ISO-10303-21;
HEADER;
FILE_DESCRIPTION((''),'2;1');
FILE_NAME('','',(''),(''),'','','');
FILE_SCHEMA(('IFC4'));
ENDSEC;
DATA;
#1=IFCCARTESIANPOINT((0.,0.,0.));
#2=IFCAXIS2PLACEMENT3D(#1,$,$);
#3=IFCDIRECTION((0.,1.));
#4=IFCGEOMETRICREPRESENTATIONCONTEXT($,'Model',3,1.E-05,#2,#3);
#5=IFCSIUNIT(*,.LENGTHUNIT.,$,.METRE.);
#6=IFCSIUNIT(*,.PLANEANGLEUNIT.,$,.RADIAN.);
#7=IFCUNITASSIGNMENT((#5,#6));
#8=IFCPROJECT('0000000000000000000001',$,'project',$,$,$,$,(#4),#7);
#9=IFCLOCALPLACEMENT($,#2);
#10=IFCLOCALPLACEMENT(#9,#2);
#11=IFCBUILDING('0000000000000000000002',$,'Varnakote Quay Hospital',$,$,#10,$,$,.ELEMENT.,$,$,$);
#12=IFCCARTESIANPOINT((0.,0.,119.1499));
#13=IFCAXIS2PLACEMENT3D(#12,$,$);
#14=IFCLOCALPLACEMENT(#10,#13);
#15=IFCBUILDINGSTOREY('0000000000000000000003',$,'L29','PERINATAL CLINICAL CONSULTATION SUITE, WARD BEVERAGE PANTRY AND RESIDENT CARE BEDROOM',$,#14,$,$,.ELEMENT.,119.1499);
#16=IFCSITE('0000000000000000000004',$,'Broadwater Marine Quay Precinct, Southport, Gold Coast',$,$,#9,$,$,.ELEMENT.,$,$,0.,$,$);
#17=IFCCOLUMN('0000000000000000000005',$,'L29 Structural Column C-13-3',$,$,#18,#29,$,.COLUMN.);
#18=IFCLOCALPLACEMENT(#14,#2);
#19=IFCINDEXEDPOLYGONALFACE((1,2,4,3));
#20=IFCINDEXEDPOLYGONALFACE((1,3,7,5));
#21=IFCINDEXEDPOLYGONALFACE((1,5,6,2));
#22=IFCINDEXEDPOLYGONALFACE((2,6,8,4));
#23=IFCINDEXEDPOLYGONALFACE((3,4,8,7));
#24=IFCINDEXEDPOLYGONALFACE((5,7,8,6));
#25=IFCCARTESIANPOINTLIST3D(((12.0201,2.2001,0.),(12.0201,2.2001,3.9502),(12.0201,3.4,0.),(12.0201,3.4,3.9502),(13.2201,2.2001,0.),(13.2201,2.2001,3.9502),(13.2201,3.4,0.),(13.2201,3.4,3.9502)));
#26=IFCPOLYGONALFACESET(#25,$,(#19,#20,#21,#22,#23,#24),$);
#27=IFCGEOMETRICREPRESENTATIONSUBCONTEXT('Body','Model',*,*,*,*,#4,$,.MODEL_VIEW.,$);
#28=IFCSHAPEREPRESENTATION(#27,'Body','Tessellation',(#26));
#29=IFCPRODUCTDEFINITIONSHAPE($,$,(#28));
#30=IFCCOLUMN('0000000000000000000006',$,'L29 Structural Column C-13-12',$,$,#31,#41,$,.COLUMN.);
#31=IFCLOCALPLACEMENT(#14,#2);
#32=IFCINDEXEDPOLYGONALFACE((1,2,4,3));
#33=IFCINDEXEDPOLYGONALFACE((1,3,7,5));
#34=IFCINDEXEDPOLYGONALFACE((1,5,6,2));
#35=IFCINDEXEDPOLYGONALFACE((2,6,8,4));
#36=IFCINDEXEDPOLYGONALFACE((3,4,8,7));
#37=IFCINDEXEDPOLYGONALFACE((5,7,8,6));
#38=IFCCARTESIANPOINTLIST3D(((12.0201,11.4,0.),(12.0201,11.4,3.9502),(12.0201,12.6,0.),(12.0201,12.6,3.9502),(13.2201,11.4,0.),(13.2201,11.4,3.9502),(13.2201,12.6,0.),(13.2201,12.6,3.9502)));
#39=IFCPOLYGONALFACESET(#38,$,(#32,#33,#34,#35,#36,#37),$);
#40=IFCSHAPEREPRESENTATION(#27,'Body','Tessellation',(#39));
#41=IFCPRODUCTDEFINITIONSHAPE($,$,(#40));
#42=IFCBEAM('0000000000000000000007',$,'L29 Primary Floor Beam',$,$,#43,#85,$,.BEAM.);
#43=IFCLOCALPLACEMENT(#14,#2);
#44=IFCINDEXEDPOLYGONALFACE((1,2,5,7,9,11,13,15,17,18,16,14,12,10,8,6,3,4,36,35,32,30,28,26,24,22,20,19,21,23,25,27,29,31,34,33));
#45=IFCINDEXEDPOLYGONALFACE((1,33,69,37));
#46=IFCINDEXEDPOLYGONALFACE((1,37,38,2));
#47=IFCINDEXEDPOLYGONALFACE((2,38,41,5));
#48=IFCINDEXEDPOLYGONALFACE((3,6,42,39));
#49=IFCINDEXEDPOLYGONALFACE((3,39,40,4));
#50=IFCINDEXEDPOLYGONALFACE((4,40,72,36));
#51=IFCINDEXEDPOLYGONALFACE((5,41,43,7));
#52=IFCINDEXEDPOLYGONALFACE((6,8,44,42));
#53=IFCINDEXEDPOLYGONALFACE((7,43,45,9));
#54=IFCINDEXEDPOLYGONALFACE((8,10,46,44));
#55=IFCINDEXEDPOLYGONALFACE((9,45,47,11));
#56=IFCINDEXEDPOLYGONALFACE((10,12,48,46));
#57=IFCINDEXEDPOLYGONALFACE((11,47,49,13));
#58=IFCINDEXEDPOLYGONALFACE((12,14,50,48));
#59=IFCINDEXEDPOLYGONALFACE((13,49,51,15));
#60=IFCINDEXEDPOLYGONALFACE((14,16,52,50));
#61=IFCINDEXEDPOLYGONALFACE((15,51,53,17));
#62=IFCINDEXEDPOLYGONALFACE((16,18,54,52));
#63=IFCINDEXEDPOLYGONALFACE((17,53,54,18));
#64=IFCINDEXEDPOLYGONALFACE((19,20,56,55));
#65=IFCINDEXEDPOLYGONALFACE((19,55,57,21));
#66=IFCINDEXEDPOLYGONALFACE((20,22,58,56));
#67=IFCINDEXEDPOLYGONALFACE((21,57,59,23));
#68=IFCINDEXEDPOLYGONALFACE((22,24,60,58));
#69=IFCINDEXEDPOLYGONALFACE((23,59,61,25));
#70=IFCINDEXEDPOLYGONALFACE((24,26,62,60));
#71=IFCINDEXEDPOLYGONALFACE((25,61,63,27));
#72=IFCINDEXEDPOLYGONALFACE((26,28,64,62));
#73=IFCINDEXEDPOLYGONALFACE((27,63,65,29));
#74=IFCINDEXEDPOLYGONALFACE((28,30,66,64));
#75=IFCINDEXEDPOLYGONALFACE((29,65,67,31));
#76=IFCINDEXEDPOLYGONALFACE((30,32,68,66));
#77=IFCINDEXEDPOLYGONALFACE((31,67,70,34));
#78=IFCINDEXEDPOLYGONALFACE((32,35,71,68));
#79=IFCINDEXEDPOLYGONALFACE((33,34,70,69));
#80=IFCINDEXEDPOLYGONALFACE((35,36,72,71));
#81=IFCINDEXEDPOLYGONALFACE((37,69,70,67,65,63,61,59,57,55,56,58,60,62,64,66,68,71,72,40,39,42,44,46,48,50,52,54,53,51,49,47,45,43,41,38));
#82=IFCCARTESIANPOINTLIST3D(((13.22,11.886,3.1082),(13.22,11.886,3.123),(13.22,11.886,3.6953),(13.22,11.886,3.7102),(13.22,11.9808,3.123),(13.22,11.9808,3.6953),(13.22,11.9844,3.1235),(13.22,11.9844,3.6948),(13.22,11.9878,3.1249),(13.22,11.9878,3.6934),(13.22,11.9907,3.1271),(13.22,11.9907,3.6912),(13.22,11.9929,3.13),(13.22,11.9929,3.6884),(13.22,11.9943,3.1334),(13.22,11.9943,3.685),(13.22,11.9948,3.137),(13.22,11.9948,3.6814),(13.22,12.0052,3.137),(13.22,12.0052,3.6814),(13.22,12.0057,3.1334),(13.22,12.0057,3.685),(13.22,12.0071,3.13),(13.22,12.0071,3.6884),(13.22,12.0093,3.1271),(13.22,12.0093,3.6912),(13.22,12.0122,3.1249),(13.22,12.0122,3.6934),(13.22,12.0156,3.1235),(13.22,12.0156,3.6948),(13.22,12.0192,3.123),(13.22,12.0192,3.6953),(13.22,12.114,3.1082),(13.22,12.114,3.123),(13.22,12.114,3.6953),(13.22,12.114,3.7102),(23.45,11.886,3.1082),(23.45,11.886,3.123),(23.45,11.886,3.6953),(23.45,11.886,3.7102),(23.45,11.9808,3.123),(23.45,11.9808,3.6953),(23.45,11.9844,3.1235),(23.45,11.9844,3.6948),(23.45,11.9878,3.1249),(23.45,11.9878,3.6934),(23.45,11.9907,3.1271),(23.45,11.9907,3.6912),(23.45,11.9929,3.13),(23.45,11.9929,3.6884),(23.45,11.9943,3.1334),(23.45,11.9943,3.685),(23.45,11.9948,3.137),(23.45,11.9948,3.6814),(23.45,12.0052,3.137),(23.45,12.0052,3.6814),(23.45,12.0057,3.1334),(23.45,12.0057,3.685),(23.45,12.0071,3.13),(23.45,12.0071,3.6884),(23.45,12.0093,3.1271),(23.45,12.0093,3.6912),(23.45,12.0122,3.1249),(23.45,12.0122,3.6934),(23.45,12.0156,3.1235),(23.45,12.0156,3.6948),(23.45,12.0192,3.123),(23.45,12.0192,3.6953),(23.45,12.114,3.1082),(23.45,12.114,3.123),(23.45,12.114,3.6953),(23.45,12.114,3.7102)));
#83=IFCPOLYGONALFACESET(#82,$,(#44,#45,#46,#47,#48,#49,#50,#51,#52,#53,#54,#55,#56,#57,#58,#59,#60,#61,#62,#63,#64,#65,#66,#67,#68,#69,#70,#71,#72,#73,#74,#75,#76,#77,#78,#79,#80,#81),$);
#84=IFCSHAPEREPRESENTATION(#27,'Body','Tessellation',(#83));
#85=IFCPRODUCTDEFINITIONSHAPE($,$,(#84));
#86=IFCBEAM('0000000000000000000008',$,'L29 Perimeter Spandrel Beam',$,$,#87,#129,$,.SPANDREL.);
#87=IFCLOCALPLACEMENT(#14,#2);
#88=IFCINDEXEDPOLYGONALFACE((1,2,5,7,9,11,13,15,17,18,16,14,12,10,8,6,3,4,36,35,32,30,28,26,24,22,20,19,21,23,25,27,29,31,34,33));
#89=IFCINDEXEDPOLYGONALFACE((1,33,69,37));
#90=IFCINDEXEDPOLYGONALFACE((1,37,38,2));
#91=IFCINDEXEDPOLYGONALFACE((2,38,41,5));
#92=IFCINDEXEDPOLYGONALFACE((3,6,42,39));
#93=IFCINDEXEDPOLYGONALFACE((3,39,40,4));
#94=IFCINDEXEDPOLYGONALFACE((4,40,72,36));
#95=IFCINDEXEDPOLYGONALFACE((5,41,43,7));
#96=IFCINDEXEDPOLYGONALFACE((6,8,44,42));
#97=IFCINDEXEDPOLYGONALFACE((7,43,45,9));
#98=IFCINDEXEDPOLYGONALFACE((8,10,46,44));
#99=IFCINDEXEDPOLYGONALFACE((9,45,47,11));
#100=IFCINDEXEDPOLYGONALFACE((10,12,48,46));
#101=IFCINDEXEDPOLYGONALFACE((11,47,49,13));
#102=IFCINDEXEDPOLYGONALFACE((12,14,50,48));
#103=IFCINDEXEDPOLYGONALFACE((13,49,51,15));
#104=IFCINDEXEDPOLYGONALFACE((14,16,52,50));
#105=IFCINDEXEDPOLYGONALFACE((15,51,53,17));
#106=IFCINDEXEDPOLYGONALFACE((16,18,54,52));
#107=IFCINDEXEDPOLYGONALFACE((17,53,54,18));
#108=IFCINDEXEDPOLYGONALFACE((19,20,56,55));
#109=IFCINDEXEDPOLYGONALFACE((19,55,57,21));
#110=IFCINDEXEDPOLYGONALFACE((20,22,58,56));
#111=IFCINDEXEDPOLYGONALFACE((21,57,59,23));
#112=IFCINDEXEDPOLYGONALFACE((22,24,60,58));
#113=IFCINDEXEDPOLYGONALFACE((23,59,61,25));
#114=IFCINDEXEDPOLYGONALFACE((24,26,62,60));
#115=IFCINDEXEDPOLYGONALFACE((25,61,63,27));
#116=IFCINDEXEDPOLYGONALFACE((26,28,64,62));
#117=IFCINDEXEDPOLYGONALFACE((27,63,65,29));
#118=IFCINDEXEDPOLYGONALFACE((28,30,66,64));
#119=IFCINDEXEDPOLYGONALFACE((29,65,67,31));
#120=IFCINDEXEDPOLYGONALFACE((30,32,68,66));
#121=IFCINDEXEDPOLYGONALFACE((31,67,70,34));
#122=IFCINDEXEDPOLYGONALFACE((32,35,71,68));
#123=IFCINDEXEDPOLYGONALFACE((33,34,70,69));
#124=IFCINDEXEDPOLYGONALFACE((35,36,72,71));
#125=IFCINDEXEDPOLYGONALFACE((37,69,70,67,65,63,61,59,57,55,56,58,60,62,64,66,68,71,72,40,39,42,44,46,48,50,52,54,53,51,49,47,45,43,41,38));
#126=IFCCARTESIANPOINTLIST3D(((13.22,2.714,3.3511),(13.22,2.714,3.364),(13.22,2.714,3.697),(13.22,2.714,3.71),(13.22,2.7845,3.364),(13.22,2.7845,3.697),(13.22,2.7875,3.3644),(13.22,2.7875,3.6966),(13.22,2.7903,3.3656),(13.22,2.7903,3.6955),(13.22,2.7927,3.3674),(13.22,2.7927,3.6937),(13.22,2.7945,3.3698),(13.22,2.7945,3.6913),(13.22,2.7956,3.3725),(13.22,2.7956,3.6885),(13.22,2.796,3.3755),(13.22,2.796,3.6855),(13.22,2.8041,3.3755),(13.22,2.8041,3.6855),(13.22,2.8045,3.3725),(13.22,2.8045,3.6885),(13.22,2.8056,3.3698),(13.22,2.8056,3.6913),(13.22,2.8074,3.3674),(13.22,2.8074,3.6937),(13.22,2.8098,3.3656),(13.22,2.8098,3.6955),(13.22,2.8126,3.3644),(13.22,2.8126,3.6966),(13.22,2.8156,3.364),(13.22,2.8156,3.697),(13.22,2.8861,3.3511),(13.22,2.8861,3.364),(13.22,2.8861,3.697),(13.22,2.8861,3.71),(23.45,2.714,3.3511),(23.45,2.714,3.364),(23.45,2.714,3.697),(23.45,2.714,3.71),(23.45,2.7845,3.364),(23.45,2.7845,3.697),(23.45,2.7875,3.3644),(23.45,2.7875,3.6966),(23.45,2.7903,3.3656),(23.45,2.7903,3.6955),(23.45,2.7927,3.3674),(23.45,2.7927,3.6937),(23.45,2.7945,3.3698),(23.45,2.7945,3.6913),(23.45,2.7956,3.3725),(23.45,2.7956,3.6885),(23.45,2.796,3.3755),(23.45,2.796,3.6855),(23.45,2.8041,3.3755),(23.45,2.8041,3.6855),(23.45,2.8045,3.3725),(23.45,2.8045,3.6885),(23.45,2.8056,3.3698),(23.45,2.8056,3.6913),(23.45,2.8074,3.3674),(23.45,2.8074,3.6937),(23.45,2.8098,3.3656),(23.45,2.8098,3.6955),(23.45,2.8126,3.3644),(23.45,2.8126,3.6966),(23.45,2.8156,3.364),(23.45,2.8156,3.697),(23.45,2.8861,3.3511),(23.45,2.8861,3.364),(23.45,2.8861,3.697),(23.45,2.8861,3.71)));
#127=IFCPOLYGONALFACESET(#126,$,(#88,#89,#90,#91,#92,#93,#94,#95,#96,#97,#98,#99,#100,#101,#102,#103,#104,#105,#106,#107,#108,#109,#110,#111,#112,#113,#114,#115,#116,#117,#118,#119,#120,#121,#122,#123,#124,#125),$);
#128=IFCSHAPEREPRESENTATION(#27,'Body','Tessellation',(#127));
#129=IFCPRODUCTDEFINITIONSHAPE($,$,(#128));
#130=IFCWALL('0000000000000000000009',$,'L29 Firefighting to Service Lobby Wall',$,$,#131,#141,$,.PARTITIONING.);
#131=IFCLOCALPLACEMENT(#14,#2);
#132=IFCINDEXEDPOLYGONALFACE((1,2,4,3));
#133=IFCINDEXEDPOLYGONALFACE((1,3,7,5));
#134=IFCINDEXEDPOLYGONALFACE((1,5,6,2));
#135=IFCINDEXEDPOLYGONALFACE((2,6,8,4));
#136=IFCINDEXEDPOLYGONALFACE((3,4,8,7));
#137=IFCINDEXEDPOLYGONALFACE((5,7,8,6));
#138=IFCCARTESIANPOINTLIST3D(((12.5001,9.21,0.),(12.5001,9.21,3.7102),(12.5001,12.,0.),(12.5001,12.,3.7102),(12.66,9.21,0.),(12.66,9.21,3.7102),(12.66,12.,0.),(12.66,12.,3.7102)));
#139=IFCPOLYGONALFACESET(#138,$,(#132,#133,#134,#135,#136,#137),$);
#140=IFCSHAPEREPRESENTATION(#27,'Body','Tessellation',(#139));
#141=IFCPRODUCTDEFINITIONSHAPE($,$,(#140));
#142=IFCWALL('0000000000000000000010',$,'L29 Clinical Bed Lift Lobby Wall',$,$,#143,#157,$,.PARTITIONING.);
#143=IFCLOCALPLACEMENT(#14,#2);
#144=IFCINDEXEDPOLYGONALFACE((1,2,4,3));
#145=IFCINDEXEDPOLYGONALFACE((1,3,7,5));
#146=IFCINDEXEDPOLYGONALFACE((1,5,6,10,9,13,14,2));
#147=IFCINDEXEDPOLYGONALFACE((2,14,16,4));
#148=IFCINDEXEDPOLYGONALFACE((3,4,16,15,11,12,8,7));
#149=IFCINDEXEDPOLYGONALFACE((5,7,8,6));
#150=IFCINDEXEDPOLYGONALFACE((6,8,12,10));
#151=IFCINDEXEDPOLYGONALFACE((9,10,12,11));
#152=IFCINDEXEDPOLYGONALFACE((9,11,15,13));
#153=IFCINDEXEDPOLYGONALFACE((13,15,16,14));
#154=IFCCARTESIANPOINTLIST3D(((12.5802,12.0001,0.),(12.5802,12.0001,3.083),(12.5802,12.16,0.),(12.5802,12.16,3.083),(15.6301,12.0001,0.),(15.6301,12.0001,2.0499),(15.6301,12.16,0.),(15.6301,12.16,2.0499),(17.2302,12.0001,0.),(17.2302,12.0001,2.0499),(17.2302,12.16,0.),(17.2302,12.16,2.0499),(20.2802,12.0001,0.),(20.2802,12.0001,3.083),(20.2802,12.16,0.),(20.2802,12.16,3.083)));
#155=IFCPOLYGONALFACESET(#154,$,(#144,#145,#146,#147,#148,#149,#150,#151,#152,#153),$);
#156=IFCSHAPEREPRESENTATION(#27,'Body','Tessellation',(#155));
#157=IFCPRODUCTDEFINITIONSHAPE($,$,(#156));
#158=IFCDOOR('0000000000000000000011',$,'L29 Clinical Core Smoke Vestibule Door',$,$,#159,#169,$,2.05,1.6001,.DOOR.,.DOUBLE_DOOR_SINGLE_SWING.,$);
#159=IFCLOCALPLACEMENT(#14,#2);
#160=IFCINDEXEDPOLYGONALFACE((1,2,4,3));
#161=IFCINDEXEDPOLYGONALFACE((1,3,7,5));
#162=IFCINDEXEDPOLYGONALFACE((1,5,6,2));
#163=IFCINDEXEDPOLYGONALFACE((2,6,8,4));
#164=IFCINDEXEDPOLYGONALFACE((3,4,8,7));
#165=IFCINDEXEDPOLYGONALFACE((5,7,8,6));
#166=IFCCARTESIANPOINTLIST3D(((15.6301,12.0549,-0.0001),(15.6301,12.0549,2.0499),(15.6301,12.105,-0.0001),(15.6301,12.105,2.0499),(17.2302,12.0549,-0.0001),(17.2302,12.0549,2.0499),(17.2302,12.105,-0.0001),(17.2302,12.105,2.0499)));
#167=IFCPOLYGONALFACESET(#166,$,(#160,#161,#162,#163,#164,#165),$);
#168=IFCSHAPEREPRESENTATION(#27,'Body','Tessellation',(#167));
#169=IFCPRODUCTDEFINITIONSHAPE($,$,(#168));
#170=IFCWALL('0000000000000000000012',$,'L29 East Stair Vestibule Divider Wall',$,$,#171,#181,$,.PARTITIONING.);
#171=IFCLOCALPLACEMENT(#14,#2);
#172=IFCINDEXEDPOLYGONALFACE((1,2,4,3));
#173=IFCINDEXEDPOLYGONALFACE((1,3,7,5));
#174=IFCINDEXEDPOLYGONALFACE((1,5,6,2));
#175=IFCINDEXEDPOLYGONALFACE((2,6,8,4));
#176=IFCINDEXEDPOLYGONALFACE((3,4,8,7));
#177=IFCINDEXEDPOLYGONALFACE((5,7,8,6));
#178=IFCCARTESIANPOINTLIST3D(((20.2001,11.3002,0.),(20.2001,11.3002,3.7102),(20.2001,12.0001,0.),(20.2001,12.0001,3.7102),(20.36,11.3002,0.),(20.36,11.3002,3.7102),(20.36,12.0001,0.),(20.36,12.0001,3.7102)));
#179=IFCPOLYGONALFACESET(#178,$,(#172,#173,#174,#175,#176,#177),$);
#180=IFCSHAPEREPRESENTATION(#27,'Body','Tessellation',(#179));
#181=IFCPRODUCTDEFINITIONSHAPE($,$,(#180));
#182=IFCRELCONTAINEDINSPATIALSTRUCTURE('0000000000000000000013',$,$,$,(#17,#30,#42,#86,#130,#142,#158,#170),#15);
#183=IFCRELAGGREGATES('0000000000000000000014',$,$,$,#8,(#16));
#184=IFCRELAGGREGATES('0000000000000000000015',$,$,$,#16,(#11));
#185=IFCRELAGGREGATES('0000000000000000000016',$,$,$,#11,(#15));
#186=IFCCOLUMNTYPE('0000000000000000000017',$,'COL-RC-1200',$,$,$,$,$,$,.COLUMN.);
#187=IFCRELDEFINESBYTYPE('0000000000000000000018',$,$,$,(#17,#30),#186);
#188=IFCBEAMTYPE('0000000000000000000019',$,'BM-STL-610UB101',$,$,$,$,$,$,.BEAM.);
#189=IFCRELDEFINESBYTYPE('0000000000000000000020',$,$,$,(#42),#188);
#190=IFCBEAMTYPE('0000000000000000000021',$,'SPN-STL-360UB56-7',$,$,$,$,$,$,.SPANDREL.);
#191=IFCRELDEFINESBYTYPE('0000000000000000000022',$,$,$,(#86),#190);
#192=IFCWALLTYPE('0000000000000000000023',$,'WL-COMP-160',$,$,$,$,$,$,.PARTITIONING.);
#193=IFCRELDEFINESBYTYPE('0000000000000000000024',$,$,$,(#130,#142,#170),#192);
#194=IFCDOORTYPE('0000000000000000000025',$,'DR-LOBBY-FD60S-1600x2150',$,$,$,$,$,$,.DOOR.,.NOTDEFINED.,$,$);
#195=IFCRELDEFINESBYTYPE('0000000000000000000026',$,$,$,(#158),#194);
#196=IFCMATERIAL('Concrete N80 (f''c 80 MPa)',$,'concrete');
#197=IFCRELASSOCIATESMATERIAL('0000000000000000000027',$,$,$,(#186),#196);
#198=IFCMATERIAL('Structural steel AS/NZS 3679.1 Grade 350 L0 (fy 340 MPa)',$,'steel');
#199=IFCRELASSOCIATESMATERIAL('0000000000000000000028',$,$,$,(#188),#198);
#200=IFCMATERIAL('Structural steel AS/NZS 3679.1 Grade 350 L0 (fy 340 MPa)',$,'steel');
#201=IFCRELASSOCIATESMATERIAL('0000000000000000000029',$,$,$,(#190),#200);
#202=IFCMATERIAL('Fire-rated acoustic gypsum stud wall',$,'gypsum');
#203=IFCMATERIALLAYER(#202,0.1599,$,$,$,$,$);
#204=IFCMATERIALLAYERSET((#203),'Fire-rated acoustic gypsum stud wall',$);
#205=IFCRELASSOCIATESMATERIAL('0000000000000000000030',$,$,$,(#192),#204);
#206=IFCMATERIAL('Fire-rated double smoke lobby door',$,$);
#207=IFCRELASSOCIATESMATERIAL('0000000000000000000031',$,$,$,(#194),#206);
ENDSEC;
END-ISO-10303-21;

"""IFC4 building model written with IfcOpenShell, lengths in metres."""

from ifc_helpers import new_model, si_unit, direction, frame, frame_2d, origin, origin_2d, place, context, subcontext, project, spatial, rectangle, i_section, extrude, material, layer, layer_set, material_profile, profile_set, type_object, element, fill, save


model = new_model("IFC4")

# Units and contexts
model_context = context("Model", 3, precision=1e-05, world=origin(), true_north=direction((0.0, 1.0)))
body_context = subcontext(model_context, "Body", "Model", "MODEL_VIEW")
ifc_project = project(units=[si_unit("LENGTHUNIT", "METRE"), si_unit("PLANEANGLEUNIT", "RADIAN")], contexts=[model_context])

# Site, building, storey
site_placement = place(None, origin())
site = spatial("IfcSite", under=ifc_project, at=site_placement, Name="Broadwater Marine Quay Precinct, Southport, Gold Coast", CompositionType="ELEMENT", RefElevation=0.0)
building_placement = place(site_placement, origin())
building = spatial("IfcBuilding", under=site, at=building_placement, Name="Varnakote Quay Hospital", CompositionType="ELEMENT")
storey_placement = place(building_placement, frame((0.0, 0.0, 119.1499)))
storey = spatial("IfcBuildingStorey", under=building, at=storey_placement, Name="L29", Description="PERINATAL CLINICAL CONSULTATION SUITE, WARD BEVERAGE PANTRY AND RESIDENT CARE BEDROOM", CompositionType="ELEMENT", Elevation=119.1499)

# Columns
ifc_material_1 = material(Name="Concrete N80 (f'c 80 MPa)", Category="concrete")
ifc_material_profile_1 = material_profile(ifc_material_1, rectangle(XDim=1.2, YDim=1.2, at=origin_2d()), Name="RC-COL-1200x1200")
ifc_profile_set_1 = profile_set([ifc_material_profile_1], Name="Concrete N80 (f'c 80 MPa)")
column_type = type_object("IfcColumnType", Name="COL-RC-1200", PredefinedType="COLUMN", material=ifc_profile_set_1)
for number, where, z_axis, x_axis, name in (
    (1, (12.6201, 2.8, 0.0), (0.0, 0.0, 1.0), (1.0, 0.0, 0.0), "L29 Structural Column C-13-3"),
    (2, (12.6201, 12.0, 0.0), (0.0, 0.0, 1.0), (1.0, 0.0, 0.0), "L29 Structural Column C-13-12"),
):
    element("IfcColumn", number, at=place(storey_placement, frame(where, z_axis=z_axis, x_axis=x_axis)), inside=storey, type_object=column_type, Name=name, PredefinedType="COLUMN", context=body_context, shape_type="SweptSolid", body=[
        extrude(rectangle(XDim=1.2, YDim=1.2, at=origin_2d()), origin(), (0.0, 0.0, 1.0), 3.9502),
    ])

# Beams
ifc_material_2 = material(Name="Structural steel AS/NZS 3679.1 Grade 350 L0 (fy 340 MPa)", Category="steel")
ifc_material_profile_2 = material_profile(ifc_material_2, i_section(OverallWidth=0.228, OverallDepth=0.6021, WebThickness=0.0105, FlangeThickness=0.0149, FilletRadius=0.0139, at=origin_2d()), Name="610UB101")
ifc_profile_set_2 = profile_set([ifc_material_profile_2], Name="Structural steel AS/NZS 3679.1 Grade 350 L0 (fy 340 MPa)")
beam_type_1 = type_object("IfcBeamType", Name="BM-STL-610UB101", PredefinedType="BEAM", material=ifc_profile_set_2)
beam_1_placement = place(storey_placement, frame((13.22, 12.0, 3.4092), z_axis=(1.0, 0.0, 0.0), x_axis=(0.0, 1.0, 0.0)))
element("IfcBeam", 3, at=beam_1_placement, inside=storey, type_object=beam_type_1, Name="L29 Primary Floor Beam", PredefinedType="BEAM", context=body_context, shape_type="SweptSolid", body=[
    extrude(i_section(OverallWidth=0.228, OverallDepth=0.6021, WebThickness=0.0105, FlangeThickness=0.0149, FilletRadius=0.0139, at=origin_2d()), origin(), (0.0, 0.0, 1.0), 10.23),
])
ifc_material_3 = material(Name="Structural steel AS/NZS 3679.1 Grade 350 L0 (fy 340 MPa)", Category="steel")
ifc_material_profile_3 = material_profile(ifc_material_3, i_section(OverallWidth=0.1721, OverallDepth=0.3589, WebThickness=0.0081, FlangeThickness=0.0129, FilletRadius=0.0115, at=origin_2d()), Name="360UB56.7")
ifc_profile_set_3 = profile_set([ifc_material_profile_3], Name="Structural steel AS/NZS 3679.1 Grade 350 L0 (fy 340 MPa)")
beam_type_2 = type_object("IfcBeamType", Name="SPN-STL-360UB56-7", PredefinedType="SPANDREL", material=ifc_profile_set_3)
beam_2_placement = place(storey_placement, frame((13.22, 2.8, 3.5305), z_axis=(1.0, 0.0, 0.0), x_axis=(0.0, 1.0, 0.0)))
element("IfcBeam", 4, at=beam_2_placement, inside=storey, type_object=beam_type_2, Name="L29 Perimeter Spandrel Beam", PredefinedType="SPANDREL", context=body_context, shape_type="SweptSolid", body=[
    extrude(i_section(OverallWidth=0.1721, OverallDepth=0.3589, WebThickness=0.0081, FlangeThickness=0.0129, FilletRadius=0.0115, at=origin_2d()), origin(), (0.0, 0.0, 1.0), 10.23),
])

# Wall
ifc_material_4 = material(Name="Fire-rated acoustic gypsum stud wall", Category="gypsum")
ifc_layer_1 = layer(ifc_material_4, 0.1599)
ifc_layer_set_1 = layer_set([ifc_layer_1], Name="Fire-rated acoustic gypsum stud wall")
wall_type_1 = type_object("IfcWallType", Name="WL-COMP-160", PredefinedType="PARTITIONING", material=ifc_layer_set_1)
wall_1_placement = place(storey_placement, frame((12.5801, 9.21, 0.0), z_axis=(0.0, 0.0, 1.0), x_axis=(0.0, 1.0, 0.0)))
element("IfcWall", 5, at=wall_1_placement, inside=storey, type_object=wall_type_1, Name="L29 Firefighting to Service Lobby Wall", PredefinedType="PARTITIONING", context=body_context, shape_type="SweptSolid", body=[
    extrude(rectangle(XDim=2.79, YDim=0.1599, at=frame_2d((1.395, 0.0))), origin(), (0.0, 0.0, 1.0), 3.7102),
])

# Wall, opening, door
wall_2_placement = place(storey_placement, frame((12.5801, 12.0801, 0.0), z_axis=(0.0, 0.0, 1.0), x_axis=(1.0, 0.0, 0.0)))
wall_2 = element("IfcWall", 6, at=wall_2_placement, inside=storey, type_object=wall_type_1, Name="L29 Clinical Bed Lift Lobby Wall", PredefinedType="PARTITIONING", context=body_context, shape_type="SweptSolid", body=[
    extrude(rectangle(XDim=7.7, YDim=0.1599, at=frame_2d((3.8501, 0.0))), origin(), (0.0, 0.0, 1.0), 3.083),
])
opening_1_placement = place(wall_2_placement, frame((3.05, 0.0, 0.0)))
opening_1 = element("IfcOpeningElement", 7, at=opening_1_placement, cuts=wall_2, PredefinedType="OPENING", context=body_context, shape_type="SweptSolid", body=[
    extrude(rectangle(XDim=1.6001, YDim=2.05, at=frame_2d((0.8, 1.0249))), frame((0.0, 0.0898, 0.0), z_axis=(0.0, -1.0, 0.0), x_axis=(1.0, 0.0, 0.0)), (0.0, 0.0, 1.0), 0.1799),
])
ifc_material_5 = material(Name="Fire-rated double smoke lobby door")
door_type_1 = type_object("IfcDoorType", Name="DR-LOBBY-FD60S-1600x2150", OperationType="NOTDEFINED", PredefinedType="DOOR", material=ifc_material_5)
door_1_placement = place(opening_1_placement, origin())
door_1 = element("IfcDoor", 8, at=door_1_placement, inside=storey, type_object=door_type_1, Name="L29 Clinical Core Smoke Vestibule Door", OperationType="DOUBLE_DOOR_SINGLE_SWING", OverallHeight=2.05, OverallWidth=1.6001, PredefinedType="DOOR", context=body_context, shape_type="SweptSolid", body=[
    extrude(rectangle(XDim=1.6001, YDim=2.05, at=frame_2d((0.8, 1.0249))), frame((0.0, 0.0249, 0.0), z_axis=(0.0, -1.0, 0.0), x_axis=(1.0, 0.0, 0.0)), (0.0, 0.0, 1.0), 0.05),
])
fill(opening_1, door_1)

# Wall
wall_3_placement = place(storey_placement, frame((20.28, 11.3, 0.0), z_axis=(0.0, 0.0, 1.0), x_axis=(0.0, 1.0, 0.0)))
element("IfcWall", 9, at=wall_3_placement, inside=storey, type_object=wall_type_1, Name="L29 East Stair Vestibule Divider Wall", PredefinedType="PARTITIONING", context=body_context, shape_type="SweptSolid", body=[
    extrude(rectangle(XDim=0.7, YDim=0.1599, at=frame_2d((0.3501, 0.0))), origin(), (0.0, 0.0, 1.0), 3.7102),
])

save(model, "model.ifc")
